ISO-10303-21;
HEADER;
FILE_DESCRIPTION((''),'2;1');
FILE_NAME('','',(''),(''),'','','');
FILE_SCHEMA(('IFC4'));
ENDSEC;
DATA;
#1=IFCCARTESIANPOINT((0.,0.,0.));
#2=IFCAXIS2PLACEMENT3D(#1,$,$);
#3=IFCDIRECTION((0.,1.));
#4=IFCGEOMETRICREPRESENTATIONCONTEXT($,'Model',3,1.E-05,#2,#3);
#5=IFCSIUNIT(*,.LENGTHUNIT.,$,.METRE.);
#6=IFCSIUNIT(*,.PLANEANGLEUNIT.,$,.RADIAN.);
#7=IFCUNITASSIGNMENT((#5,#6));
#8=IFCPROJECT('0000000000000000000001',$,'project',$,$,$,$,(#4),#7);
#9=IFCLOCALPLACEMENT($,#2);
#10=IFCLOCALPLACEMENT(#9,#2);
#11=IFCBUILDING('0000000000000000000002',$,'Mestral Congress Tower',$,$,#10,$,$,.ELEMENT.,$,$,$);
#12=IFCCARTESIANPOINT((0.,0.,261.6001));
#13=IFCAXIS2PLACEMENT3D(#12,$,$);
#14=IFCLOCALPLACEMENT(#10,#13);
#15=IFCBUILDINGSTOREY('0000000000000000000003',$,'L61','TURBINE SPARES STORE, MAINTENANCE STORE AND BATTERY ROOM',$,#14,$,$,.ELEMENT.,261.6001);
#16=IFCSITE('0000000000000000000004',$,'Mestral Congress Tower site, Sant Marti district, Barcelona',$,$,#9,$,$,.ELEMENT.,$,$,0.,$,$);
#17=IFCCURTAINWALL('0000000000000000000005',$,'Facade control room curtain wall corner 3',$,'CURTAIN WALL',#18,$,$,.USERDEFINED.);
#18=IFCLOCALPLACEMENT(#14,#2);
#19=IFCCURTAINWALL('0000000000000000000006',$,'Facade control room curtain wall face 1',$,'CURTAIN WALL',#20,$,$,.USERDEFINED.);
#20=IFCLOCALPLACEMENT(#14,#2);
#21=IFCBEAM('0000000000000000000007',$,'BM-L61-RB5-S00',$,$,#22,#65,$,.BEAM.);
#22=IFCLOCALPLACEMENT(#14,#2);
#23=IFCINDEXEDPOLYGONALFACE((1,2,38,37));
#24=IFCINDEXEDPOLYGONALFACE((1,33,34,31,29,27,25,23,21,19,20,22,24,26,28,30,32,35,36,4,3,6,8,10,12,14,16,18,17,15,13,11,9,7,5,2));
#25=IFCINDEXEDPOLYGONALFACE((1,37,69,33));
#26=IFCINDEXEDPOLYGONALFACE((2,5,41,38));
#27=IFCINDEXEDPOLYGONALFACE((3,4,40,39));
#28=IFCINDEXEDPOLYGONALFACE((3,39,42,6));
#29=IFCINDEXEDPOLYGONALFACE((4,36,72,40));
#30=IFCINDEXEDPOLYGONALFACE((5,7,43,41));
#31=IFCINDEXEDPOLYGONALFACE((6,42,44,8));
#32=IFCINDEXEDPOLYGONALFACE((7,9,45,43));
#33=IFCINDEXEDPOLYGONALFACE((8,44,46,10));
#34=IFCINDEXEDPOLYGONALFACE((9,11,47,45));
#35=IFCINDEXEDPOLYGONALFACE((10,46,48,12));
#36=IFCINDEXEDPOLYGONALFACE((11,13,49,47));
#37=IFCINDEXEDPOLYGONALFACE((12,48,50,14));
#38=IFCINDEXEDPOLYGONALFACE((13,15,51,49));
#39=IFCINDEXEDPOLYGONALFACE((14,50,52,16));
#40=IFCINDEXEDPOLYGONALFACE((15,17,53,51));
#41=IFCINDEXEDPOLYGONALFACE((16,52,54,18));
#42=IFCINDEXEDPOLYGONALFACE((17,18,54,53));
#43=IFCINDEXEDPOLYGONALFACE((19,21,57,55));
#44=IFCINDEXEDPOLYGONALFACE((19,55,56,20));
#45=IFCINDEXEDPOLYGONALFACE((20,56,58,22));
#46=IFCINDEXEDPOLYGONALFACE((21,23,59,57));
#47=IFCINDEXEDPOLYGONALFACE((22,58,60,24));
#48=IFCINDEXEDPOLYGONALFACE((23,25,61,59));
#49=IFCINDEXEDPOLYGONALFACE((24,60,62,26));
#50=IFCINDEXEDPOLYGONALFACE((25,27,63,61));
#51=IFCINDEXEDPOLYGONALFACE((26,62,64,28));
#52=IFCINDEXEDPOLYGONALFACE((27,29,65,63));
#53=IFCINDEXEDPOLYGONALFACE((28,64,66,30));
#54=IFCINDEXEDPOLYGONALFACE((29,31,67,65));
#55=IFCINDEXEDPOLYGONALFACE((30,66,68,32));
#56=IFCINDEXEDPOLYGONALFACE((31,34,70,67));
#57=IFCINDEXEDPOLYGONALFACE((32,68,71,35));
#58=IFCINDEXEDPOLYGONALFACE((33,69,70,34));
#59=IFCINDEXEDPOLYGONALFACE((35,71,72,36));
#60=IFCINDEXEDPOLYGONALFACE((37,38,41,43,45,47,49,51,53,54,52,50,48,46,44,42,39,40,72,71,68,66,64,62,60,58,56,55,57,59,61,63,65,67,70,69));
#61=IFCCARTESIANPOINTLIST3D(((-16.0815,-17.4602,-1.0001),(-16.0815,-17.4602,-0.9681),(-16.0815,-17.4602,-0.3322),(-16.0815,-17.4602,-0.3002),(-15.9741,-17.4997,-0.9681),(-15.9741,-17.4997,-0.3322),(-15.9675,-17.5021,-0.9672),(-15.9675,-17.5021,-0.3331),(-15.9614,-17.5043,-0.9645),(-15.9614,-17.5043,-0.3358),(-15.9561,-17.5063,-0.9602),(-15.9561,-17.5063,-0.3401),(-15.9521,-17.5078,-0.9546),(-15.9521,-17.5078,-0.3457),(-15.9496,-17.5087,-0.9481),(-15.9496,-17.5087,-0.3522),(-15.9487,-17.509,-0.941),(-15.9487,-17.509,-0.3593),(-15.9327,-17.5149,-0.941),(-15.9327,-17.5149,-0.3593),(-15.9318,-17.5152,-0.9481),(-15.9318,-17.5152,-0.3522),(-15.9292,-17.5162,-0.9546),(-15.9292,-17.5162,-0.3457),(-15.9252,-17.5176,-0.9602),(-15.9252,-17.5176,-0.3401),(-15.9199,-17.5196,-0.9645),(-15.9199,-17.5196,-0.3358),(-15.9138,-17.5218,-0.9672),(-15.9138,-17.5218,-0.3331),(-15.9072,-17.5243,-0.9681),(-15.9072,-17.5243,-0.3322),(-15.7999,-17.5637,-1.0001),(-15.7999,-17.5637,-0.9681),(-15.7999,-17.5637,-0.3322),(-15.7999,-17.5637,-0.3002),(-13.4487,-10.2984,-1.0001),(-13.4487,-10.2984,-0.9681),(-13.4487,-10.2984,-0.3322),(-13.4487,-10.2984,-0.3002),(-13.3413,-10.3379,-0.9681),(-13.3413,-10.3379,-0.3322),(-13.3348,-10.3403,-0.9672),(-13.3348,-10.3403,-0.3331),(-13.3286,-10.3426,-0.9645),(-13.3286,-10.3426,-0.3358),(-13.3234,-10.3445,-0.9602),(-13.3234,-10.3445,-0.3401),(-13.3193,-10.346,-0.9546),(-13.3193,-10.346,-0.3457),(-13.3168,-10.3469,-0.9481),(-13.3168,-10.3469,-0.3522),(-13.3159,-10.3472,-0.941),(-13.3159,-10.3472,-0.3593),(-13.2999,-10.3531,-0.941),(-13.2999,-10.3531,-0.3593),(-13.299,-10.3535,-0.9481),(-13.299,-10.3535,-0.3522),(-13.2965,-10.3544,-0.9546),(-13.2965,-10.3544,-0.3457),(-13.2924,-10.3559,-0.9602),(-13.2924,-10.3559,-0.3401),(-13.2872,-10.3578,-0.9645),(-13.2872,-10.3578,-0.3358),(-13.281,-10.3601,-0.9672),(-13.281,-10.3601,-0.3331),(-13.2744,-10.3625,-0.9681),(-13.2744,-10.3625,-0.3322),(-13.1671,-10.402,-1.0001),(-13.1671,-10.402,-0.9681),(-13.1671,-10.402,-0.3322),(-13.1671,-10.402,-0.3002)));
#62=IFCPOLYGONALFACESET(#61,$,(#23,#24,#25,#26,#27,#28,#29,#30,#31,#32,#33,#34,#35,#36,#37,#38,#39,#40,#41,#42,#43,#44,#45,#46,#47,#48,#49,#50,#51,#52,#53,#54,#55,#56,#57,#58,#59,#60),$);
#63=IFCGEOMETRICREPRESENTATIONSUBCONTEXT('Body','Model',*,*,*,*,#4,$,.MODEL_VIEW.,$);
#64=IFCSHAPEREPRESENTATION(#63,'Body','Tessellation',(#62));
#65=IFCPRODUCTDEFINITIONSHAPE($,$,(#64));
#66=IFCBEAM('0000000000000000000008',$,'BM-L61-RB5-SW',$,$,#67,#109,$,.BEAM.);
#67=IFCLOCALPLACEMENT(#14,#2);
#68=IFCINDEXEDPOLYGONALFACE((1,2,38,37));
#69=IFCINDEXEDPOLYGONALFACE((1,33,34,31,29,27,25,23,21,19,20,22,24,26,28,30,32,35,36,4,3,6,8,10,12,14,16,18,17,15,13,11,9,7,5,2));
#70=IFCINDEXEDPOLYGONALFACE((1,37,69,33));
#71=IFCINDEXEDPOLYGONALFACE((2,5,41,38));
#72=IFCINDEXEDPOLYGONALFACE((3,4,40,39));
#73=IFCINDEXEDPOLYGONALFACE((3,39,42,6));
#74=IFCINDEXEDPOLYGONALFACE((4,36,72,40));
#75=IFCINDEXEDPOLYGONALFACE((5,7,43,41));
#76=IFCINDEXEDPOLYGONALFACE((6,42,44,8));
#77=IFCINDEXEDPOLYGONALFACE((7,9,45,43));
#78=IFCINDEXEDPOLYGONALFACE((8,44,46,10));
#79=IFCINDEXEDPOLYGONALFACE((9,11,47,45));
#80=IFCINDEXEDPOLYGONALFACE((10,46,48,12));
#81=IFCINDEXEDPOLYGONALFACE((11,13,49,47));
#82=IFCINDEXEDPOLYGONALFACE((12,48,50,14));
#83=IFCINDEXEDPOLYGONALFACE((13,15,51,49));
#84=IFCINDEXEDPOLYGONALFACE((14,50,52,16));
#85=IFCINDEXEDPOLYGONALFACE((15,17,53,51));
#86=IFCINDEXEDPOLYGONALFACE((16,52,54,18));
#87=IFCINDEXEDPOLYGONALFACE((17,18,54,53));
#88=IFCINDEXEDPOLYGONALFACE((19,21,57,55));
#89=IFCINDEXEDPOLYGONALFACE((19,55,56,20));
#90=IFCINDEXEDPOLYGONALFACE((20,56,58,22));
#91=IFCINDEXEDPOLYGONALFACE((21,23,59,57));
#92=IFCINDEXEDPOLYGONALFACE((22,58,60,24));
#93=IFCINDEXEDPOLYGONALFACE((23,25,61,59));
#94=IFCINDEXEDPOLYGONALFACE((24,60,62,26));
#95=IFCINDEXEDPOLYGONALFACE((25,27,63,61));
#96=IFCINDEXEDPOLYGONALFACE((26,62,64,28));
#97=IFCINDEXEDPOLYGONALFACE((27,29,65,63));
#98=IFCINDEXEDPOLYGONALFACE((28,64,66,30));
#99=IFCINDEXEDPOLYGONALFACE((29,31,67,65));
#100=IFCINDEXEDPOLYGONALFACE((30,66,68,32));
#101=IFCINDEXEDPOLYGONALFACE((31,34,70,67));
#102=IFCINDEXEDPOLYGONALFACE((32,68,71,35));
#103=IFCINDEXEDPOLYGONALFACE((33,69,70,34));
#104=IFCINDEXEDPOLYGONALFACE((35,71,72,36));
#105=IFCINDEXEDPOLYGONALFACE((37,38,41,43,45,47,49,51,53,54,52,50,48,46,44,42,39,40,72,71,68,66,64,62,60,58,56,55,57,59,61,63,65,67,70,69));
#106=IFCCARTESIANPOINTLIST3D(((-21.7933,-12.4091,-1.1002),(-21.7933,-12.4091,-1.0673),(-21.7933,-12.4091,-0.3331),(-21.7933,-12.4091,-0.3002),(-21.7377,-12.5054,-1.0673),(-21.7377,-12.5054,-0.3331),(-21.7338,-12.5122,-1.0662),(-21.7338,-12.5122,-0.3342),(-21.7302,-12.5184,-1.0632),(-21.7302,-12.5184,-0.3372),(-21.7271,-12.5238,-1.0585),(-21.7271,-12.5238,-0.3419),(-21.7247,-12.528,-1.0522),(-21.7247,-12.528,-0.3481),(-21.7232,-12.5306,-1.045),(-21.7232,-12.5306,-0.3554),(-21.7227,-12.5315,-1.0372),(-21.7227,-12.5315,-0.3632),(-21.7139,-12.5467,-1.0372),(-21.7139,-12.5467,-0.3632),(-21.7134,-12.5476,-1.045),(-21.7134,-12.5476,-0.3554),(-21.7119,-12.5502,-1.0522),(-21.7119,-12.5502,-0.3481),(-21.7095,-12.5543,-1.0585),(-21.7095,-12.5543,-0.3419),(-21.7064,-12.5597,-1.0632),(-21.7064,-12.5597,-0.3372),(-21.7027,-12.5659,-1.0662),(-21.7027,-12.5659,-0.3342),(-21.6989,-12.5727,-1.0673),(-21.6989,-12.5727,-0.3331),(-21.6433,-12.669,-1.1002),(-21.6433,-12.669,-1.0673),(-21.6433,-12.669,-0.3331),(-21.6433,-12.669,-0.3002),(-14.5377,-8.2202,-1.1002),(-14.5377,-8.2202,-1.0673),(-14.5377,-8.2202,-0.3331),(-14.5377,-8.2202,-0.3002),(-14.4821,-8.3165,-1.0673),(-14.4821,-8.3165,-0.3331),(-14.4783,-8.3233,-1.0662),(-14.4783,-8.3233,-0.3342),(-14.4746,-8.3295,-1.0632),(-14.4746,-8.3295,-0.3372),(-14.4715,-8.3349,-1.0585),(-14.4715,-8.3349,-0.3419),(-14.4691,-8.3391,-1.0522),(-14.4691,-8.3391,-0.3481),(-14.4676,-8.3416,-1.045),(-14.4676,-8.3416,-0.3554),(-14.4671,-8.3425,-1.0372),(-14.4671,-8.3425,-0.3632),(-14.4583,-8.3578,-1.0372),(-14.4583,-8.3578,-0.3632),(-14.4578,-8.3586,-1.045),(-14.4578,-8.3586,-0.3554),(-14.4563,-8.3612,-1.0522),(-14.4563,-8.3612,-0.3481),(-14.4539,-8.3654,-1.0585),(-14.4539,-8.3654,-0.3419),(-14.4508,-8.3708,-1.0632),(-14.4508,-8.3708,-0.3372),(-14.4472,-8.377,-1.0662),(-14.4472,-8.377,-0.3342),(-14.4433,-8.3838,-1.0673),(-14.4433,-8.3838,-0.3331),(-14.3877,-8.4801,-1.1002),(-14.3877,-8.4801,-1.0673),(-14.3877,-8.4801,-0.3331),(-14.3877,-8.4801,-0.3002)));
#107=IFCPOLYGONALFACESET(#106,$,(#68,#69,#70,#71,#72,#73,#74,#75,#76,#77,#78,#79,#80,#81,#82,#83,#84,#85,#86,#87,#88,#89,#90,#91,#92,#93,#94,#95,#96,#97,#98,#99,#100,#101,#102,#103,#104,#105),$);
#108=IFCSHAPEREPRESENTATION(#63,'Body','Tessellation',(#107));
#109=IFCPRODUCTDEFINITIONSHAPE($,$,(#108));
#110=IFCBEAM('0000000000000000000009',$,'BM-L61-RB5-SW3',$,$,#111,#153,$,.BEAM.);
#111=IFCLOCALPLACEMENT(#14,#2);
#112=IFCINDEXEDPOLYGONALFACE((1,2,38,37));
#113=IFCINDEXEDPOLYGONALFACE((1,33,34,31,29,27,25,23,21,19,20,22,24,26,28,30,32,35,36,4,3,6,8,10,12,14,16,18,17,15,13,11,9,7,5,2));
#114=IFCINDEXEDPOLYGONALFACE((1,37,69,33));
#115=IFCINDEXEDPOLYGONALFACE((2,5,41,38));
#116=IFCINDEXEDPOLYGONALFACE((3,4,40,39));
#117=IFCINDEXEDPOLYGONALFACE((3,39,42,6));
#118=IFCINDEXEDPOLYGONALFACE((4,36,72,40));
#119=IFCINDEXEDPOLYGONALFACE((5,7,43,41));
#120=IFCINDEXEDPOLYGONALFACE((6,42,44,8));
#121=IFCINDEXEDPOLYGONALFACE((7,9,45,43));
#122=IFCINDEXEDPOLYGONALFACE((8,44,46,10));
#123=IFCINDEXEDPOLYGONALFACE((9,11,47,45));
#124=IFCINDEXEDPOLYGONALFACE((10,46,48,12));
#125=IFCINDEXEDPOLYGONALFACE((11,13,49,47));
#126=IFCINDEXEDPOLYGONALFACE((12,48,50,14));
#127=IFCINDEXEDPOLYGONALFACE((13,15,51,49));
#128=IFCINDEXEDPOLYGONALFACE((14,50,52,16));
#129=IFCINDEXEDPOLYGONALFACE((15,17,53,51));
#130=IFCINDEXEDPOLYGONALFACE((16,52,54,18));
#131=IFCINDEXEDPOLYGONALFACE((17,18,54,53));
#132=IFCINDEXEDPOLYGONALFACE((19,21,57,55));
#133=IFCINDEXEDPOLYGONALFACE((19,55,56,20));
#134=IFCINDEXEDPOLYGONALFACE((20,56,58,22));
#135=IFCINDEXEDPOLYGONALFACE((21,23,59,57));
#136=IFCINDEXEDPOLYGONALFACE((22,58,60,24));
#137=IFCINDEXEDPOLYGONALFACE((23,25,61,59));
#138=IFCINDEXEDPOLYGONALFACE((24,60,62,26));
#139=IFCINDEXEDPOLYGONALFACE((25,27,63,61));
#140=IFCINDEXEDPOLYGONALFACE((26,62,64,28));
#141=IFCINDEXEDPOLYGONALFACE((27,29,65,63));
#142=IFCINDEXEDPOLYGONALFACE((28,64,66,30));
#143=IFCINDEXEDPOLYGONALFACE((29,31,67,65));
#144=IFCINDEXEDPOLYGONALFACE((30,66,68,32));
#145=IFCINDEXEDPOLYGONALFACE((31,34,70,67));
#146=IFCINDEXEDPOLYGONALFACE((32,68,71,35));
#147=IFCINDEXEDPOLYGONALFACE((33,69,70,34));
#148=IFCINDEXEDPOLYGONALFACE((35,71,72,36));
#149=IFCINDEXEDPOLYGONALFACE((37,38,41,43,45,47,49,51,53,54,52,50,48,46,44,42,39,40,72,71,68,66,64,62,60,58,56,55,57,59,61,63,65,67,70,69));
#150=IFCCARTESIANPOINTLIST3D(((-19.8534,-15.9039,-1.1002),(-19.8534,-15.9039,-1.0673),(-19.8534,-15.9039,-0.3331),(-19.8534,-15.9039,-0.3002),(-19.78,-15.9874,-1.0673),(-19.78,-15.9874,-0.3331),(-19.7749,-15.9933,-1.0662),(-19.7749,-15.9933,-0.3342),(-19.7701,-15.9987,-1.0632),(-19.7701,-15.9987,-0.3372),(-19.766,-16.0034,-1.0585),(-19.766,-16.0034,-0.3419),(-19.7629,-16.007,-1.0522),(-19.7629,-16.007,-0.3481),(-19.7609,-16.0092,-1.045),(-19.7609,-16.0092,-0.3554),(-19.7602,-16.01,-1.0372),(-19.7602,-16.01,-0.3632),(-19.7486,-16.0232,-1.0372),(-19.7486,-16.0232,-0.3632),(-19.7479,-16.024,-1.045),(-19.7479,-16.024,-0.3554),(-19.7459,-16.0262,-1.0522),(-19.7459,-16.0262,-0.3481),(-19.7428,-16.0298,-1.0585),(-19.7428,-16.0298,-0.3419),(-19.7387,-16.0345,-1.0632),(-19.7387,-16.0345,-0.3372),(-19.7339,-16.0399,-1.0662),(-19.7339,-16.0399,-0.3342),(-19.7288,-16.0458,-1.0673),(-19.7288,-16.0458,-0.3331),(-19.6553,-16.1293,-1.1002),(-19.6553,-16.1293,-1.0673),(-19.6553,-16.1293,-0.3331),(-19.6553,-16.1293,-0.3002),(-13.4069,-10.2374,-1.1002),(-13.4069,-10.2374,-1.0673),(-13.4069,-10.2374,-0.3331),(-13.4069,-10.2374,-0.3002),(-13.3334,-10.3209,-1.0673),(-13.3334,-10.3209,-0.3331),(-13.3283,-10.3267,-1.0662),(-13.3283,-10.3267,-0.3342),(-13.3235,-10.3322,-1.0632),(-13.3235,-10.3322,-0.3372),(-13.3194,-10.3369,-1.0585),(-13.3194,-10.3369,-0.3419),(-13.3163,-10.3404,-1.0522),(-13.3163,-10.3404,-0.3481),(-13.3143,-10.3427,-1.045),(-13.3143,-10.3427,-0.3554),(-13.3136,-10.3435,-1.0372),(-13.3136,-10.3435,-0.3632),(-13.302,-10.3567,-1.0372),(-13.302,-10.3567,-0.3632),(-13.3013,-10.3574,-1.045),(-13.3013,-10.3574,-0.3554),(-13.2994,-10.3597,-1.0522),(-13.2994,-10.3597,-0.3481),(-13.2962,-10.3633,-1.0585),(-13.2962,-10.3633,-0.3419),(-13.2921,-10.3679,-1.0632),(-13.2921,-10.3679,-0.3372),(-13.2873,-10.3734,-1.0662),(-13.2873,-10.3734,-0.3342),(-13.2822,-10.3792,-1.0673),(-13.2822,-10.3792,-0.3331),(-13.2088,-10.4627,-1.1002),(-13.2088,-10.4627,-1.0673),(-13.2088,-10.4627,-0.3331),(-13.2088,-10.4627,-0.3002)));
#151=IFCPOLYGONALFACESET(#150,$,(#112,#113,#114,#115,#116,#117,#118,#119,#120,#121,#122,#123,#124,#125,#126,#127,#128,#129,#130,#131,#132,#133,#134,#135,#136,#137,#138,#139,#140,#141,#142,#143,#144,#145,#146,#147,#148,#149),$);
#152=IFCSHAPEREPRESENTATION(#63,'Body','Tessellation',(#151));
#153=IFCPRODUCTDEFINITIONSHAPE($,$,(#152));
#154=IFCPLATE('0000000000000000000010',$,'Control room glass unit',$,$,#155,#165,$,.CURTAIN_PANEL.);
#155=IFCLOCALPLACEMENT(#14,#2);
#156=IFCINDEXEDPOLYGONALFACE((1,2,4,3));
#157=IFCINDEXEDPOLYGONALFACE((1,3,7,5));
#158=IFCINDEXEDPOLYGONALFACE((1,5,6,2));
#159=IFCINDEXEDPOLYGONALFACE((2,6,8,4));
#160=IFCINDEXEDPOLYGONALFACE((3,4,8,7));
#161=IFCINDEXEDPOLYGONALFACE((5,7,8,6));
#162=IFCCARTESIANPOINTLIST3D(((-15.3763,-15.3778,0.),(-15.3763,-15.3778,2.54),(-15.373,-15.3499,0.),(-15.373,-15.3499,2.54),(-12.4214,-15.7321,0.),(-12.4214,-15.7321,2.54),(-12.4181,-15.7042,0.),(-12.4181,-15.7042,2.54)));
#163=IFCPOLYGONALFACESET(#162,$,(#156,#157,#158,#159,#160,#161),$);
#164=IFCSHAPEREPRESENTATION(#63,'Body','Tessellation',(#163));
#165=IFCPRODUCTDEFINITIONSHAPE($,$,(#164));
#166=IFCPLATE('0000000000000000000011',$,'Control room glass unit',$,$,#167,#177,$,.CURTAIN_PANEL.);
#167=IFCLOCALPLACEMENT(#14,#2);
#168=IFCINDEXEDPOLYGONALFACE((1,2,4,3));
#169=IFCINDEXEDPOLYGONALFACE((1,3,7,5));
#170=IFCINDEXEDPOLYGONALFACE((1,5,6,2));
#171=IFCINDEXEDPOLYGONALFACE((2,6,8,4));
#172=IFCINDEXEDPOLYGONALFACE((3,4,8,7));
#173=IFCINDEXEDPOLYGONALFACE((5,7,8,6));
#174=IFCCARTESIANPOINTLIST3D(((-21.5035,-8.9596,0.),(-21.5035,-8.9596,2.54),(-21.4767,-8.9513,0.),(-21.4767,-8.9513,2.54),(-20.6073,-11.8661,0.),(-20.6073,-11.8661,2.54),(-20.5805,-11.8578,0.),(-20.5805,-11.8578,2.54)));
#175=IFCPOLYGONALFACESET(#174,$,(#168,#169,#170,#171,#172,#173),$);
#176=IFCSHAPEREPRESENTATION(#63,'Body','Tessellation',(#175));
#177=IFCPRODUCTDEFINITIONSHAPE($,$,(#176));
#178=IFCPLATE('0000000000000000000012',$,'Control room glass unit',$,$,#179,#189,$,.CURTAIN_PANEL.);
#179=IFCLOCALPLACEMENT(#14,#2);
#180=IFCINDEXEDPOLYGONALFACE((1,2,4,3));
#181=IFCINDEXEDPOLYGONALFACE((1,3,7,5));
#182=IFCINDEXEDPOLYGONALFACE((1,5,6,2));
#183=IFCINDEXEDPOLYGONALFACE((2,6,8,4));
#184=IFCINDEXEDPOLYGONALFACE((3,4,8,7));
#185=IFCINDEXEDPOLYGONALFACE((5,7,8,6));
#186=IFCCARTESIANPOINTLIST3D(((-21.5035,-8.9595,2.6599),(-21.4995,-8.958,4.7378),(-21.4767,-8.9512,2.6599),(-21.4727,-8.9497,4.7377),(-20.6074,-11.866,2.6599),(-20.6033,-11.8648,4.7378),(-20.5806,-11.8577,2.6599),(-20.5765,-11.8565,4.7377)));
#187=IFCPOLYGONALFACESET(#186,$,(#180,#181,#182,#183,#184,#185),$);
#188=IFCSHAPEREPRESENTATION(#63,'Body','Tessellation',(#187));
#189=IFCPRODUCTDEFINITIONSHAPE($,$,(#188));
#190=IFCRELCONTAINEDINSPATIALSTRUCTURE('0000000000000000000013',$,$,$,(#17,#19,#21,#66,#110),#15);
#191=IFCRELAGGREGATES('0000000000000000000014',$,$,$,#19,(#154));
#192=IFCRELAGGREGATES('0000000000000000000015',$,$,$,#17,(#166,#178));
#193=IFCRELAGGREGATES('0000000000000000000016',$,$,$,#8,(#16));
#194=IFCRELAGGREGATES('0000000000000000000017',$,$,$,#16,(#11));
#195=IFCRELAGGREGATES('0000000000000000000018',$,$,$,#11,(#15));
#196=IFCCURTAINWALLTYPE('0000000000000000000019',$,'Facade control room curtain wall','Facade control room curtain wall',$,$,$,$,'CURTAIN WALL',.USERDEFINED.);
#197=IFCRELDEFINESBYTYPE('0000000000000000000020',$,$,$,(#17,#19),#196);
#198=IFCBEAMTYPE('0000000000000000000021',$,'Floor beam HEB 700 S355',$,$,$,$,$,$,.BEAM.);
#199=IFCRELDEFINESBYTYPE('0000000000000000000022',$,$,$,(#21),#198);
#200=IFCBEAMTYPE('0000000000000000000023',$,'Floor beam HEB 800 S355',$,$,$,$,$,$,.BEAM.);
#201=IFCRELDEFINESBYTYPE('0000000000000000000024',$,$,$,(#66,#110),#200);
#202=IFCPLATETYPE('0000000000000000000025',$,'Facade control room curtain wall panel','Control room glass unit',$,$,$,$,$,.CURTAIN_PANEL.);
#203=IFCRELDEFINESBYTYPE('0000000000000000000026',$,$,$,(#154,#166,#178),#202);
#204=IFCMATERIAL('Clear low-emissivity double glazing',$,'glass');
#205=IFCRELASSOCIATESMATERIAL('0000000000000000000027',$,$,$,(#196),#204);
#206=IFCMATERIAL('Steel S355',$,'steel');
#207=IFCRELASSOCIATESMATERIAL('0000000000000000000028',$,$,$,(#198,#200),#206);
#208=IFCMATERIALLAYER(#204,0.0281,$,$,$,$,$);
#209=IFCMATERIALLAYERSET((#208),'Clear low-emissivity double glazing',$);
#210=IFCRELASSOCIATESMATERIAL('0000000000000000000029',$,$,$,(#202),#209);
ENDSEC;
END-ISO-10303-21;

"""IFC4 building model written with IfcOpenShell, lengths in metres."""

from ifc_helpers import new_model, si_unit, direction, frame, origin, origin_2d, place, context, subcontext, project, spatial, polyline, rectangle, i_section, outline, extrude, material, layer, layer_set, material_profile, profile_set, type_object, element, aggregate, save


model = new_model("IFC4")

# Units and contexts
model_context = context("Model", 3, precision=1e-05, world=origin(), true_north=direction((0.0, 1.0)))
body_context = subcontext(model_context, "Body", "Model", "MODEL_VIEW")
ifc_project = project(units=[si_unit("LENGTHUNIT", "METRE"), si_unit("PLANEANGLEUNIT", "RADIAN")], contexts=[model_context])

# Site, building, storey
site_placement = place(None, origin())
site = spatial("IfcSite", under=ifc_project, at=site_placement, Name="Mestral Congress Tower site, Sant Marti district, Barcelona", CompositionType="ELEMENT", RefElevation=0.0)
building_placement = place(site_placement, origin())
building = spatial("IfcBuilding", under=site, at=building_placement, Name="Mestral Congress Tower", CompositionType="ELEMENT")
storey_placement = place(building_placement, frame((0.0, 0.0, 261.6001)))
storey = spatial("IfcBuildingStorey", under=building, at=storey_placement, Name="L61", Description="TURBINE SPARES STORE, MAINTENANCE STORE AND BATTERY ROOM", CompositionType="ELEMENT", Elevation=261.6001)

# Curtain walls
ifc_material_1 = material(Name="Clear low-emissivity double glazing", Category="glass")
curtain_wall_type = type_object("IfcCurtainWallType", Name="Facade control room curtain wall", Description="Facade control room curtain wall", ElementType="CURTAIN WALL", PredefinedType="USERDEFINED", material=ifc_material_1)
placement = place(storey_placement, origin())
curtain_wall_1 = element("IfcCurtainWall", 1, at=placement, inside=storey, type_object=curtain_wall_type, Name="Facade control room curtain wall corner 3", ObjectType="CURTAIN WALL", PredefinedType="USERDEFINED")
curtain_wall_2 = element("IfcCurtainWall", 2, at=placement, inside=storey, type_object=curtain_wall_type, Name="Facade control room curtain wall face 1", ObjectType="CURTAIN WALL", PredefinedType="USERDEFINED")

# Beams
ifc_material_2 = material(Name="Steel S355", Category="steel")
ifc_material_profile_1 = material_profile(ifc_material_2, i_section(OverallWidth=0.3, OverallDepth=0.7, WebThickness=0.0171, FlangeThickness=0.032, FilletRadius=0.0271, at=origin_2d()), Name="HEB 700")
ifc_profile_set_1 = profile_set([ifc_material_profile_1], Name="Steel S355")
beam_type_1 = type_object("IfcBeamType", Name="Floor beam HEB 700 S355", PredefinedType="BEAM", material=ifc_profile_set_1)
beam_1_placement = place(storey_placement, frame((-15.9407, -17.512, -0.6501), z_axis=(0.34504, 0.938588, 0.0), x_axis=(-0.938588, 0.34504, 0.0)))
element("IfcBeam", 3, at=beam_1_placement, inside=storey, type_object=beam_type_1, Name="BM-L61-RB5-S00", PredefinedType="BEAM", context=body_context, shape_type="SweptSolid", body=[
    extrude(i_section(OverallWidth=0.3, OverallDepth=0.7, WebThickness=0.0171, FlangeThickness=0.032, FilletRadius=0.0271, at=origin_2d()), origin(), (0.0, 0.0, 1.0), 7.6304),
])
ifc_material_profile_2 = material_profile(ifc_material_2, i_section(OverallWidth=0.3, OverallDepth=0.8, WebThickness=0.0176, FlangeThickness=0.033, FilletRadius=0.03, at=origin_2d()), Name="HEB 800")
ifc_profile_set_2 = profile_set([ifc_material_profile_2], Name="Steel S355")
beam_type_2 = type_object("IfcBeamType", Name="Floor beam HEB 800 S355", PredefinedType="BEAM", material=ifc_profile_set_2)
beam_2_placement = place(storey_placement, frame((-21.7183, -12.5391, -0.7002), z_axis=(0.866029, 0.499994, 0.0), x_axis=(-0.499994, 0.866029, 0.0)))
element("IfcBeam", 4, at=beam_2_placement, inside=storey, type_object=beam_type_2, Name="BM-L61-RB5-SW", PredefinedType="BEAM", context=body_context, shape_type="SweptSolid", body=[
    extrude(i_section(OverallWidth=0.3, OverallDepth=0.8, WebThickness=0.0176, FlangeThickness=0.033, FilletRadius=0.03, at=origin_2d()), origin(), (0.0, 0.0, 1.0), 8.3779),
])
beam_3_placement = place(storey_placement, frame((-19.7544, -16.0166, -0.7002), z_axis=(0.751086, 0.660205, 0.0), x_axis=(-0.660205, 0.751086, 0.0)))
element("IfcBeam", 5, at=beam_3_placement, inside=storey, type_object=beam_type_2, Name="BM-L61-RB5-SW3", PredefinedType="BEAM", context=body_context, shape_type="SweptSolid", body=[
    extrude(i_section(OverallWidth=0.3, OverallDepth=0.8, WebThickness=0.0176, FlangeThickness=0.033, FilletRadius=0.03, at=origin_2d()), origin(), (0.0, 0.0, 1.0), 8.583),
])

# Plates
ifc_layer_1 = layer(ifc_material_1, 0.0281)
ifc_layer_set_1 = layer_set([ifc_layer_1], Name="Clear low-emissivity double glazing")
plate_type = type_object("IfcPlateType", Name="Facade control room curtain wall panel", Description="Control room glass unit", PredefinedType="CURTAIN_PANEL", material=ifc_layer_set_1)
plate_1_placement = place(storey_placement, frame((-13.8972, -15.541, 0.0), z_axis=(0.0, 0.0, 1.0), x_axis=(0.992889, -0.119045, 0.0)))
plate_1 = element("IfcPlate", 6, at=plate_1_placement, type_object=plate_type, Name="Control room glass unit", PredefinedType="CURTAIN_PANEL", context=body_context, shape_type="SweptSolid", body=[
    extrude(rectangle(XDim=2.9761, YDim=0.0281, at=origin_2d()), origin(), (0.0, 0.0, 1.0), 2.54),
])
aggregate(curtain_wall_2, [plate_1])
plate_2_placement = place(storey_placement, frame((-21.042, -10.4087, 0.0), z_axis=(0.0, 0.0, 1.0), x_axis=(0.294651, -0.955605, 0.0)))
plate_2 = element("IfcPlate", 7, at=plate_2_placement, type_object=plate_type, Name="Control room glass unit", PredefinedType="CURTAIN_PANEL", context=body_context, shape_type="SweptSolid", body=[
    extrude(rectangle(XDim=3.0415, YDim=0.0281, at=origin_2d()), origin(), (0.0, 0.0, 1.0), 2.54),
])
plate_3_placement = place(storey_placement, frame((-20.6074, -11.866, 2.6599), z_axis=(-0.955613, -0.294618, 0.002043), x_axis=(-0.294619, 0.955615, 0.0)))
plate_3 = element("IfcPlate", 8, at=plate_3_placement, type_object=plate_type, Name="Control room glass unit", PredefinedType="CURTAIN_PANEL", context=body_context, shape_type="SweptSolid", body=[
    extrude(outline(polyline([(0.0, 0.0), (3.0415, 0.0), (3.0417, -2.0779), (-0.0001, -2.0779), (0.0, 0.0)])), origin(), (0.0, 0.0, -1.0), 0.0281),
])
aggregate(curtain_wall_1, [plate_2, plate_3])

save(model, "model.ifc")
